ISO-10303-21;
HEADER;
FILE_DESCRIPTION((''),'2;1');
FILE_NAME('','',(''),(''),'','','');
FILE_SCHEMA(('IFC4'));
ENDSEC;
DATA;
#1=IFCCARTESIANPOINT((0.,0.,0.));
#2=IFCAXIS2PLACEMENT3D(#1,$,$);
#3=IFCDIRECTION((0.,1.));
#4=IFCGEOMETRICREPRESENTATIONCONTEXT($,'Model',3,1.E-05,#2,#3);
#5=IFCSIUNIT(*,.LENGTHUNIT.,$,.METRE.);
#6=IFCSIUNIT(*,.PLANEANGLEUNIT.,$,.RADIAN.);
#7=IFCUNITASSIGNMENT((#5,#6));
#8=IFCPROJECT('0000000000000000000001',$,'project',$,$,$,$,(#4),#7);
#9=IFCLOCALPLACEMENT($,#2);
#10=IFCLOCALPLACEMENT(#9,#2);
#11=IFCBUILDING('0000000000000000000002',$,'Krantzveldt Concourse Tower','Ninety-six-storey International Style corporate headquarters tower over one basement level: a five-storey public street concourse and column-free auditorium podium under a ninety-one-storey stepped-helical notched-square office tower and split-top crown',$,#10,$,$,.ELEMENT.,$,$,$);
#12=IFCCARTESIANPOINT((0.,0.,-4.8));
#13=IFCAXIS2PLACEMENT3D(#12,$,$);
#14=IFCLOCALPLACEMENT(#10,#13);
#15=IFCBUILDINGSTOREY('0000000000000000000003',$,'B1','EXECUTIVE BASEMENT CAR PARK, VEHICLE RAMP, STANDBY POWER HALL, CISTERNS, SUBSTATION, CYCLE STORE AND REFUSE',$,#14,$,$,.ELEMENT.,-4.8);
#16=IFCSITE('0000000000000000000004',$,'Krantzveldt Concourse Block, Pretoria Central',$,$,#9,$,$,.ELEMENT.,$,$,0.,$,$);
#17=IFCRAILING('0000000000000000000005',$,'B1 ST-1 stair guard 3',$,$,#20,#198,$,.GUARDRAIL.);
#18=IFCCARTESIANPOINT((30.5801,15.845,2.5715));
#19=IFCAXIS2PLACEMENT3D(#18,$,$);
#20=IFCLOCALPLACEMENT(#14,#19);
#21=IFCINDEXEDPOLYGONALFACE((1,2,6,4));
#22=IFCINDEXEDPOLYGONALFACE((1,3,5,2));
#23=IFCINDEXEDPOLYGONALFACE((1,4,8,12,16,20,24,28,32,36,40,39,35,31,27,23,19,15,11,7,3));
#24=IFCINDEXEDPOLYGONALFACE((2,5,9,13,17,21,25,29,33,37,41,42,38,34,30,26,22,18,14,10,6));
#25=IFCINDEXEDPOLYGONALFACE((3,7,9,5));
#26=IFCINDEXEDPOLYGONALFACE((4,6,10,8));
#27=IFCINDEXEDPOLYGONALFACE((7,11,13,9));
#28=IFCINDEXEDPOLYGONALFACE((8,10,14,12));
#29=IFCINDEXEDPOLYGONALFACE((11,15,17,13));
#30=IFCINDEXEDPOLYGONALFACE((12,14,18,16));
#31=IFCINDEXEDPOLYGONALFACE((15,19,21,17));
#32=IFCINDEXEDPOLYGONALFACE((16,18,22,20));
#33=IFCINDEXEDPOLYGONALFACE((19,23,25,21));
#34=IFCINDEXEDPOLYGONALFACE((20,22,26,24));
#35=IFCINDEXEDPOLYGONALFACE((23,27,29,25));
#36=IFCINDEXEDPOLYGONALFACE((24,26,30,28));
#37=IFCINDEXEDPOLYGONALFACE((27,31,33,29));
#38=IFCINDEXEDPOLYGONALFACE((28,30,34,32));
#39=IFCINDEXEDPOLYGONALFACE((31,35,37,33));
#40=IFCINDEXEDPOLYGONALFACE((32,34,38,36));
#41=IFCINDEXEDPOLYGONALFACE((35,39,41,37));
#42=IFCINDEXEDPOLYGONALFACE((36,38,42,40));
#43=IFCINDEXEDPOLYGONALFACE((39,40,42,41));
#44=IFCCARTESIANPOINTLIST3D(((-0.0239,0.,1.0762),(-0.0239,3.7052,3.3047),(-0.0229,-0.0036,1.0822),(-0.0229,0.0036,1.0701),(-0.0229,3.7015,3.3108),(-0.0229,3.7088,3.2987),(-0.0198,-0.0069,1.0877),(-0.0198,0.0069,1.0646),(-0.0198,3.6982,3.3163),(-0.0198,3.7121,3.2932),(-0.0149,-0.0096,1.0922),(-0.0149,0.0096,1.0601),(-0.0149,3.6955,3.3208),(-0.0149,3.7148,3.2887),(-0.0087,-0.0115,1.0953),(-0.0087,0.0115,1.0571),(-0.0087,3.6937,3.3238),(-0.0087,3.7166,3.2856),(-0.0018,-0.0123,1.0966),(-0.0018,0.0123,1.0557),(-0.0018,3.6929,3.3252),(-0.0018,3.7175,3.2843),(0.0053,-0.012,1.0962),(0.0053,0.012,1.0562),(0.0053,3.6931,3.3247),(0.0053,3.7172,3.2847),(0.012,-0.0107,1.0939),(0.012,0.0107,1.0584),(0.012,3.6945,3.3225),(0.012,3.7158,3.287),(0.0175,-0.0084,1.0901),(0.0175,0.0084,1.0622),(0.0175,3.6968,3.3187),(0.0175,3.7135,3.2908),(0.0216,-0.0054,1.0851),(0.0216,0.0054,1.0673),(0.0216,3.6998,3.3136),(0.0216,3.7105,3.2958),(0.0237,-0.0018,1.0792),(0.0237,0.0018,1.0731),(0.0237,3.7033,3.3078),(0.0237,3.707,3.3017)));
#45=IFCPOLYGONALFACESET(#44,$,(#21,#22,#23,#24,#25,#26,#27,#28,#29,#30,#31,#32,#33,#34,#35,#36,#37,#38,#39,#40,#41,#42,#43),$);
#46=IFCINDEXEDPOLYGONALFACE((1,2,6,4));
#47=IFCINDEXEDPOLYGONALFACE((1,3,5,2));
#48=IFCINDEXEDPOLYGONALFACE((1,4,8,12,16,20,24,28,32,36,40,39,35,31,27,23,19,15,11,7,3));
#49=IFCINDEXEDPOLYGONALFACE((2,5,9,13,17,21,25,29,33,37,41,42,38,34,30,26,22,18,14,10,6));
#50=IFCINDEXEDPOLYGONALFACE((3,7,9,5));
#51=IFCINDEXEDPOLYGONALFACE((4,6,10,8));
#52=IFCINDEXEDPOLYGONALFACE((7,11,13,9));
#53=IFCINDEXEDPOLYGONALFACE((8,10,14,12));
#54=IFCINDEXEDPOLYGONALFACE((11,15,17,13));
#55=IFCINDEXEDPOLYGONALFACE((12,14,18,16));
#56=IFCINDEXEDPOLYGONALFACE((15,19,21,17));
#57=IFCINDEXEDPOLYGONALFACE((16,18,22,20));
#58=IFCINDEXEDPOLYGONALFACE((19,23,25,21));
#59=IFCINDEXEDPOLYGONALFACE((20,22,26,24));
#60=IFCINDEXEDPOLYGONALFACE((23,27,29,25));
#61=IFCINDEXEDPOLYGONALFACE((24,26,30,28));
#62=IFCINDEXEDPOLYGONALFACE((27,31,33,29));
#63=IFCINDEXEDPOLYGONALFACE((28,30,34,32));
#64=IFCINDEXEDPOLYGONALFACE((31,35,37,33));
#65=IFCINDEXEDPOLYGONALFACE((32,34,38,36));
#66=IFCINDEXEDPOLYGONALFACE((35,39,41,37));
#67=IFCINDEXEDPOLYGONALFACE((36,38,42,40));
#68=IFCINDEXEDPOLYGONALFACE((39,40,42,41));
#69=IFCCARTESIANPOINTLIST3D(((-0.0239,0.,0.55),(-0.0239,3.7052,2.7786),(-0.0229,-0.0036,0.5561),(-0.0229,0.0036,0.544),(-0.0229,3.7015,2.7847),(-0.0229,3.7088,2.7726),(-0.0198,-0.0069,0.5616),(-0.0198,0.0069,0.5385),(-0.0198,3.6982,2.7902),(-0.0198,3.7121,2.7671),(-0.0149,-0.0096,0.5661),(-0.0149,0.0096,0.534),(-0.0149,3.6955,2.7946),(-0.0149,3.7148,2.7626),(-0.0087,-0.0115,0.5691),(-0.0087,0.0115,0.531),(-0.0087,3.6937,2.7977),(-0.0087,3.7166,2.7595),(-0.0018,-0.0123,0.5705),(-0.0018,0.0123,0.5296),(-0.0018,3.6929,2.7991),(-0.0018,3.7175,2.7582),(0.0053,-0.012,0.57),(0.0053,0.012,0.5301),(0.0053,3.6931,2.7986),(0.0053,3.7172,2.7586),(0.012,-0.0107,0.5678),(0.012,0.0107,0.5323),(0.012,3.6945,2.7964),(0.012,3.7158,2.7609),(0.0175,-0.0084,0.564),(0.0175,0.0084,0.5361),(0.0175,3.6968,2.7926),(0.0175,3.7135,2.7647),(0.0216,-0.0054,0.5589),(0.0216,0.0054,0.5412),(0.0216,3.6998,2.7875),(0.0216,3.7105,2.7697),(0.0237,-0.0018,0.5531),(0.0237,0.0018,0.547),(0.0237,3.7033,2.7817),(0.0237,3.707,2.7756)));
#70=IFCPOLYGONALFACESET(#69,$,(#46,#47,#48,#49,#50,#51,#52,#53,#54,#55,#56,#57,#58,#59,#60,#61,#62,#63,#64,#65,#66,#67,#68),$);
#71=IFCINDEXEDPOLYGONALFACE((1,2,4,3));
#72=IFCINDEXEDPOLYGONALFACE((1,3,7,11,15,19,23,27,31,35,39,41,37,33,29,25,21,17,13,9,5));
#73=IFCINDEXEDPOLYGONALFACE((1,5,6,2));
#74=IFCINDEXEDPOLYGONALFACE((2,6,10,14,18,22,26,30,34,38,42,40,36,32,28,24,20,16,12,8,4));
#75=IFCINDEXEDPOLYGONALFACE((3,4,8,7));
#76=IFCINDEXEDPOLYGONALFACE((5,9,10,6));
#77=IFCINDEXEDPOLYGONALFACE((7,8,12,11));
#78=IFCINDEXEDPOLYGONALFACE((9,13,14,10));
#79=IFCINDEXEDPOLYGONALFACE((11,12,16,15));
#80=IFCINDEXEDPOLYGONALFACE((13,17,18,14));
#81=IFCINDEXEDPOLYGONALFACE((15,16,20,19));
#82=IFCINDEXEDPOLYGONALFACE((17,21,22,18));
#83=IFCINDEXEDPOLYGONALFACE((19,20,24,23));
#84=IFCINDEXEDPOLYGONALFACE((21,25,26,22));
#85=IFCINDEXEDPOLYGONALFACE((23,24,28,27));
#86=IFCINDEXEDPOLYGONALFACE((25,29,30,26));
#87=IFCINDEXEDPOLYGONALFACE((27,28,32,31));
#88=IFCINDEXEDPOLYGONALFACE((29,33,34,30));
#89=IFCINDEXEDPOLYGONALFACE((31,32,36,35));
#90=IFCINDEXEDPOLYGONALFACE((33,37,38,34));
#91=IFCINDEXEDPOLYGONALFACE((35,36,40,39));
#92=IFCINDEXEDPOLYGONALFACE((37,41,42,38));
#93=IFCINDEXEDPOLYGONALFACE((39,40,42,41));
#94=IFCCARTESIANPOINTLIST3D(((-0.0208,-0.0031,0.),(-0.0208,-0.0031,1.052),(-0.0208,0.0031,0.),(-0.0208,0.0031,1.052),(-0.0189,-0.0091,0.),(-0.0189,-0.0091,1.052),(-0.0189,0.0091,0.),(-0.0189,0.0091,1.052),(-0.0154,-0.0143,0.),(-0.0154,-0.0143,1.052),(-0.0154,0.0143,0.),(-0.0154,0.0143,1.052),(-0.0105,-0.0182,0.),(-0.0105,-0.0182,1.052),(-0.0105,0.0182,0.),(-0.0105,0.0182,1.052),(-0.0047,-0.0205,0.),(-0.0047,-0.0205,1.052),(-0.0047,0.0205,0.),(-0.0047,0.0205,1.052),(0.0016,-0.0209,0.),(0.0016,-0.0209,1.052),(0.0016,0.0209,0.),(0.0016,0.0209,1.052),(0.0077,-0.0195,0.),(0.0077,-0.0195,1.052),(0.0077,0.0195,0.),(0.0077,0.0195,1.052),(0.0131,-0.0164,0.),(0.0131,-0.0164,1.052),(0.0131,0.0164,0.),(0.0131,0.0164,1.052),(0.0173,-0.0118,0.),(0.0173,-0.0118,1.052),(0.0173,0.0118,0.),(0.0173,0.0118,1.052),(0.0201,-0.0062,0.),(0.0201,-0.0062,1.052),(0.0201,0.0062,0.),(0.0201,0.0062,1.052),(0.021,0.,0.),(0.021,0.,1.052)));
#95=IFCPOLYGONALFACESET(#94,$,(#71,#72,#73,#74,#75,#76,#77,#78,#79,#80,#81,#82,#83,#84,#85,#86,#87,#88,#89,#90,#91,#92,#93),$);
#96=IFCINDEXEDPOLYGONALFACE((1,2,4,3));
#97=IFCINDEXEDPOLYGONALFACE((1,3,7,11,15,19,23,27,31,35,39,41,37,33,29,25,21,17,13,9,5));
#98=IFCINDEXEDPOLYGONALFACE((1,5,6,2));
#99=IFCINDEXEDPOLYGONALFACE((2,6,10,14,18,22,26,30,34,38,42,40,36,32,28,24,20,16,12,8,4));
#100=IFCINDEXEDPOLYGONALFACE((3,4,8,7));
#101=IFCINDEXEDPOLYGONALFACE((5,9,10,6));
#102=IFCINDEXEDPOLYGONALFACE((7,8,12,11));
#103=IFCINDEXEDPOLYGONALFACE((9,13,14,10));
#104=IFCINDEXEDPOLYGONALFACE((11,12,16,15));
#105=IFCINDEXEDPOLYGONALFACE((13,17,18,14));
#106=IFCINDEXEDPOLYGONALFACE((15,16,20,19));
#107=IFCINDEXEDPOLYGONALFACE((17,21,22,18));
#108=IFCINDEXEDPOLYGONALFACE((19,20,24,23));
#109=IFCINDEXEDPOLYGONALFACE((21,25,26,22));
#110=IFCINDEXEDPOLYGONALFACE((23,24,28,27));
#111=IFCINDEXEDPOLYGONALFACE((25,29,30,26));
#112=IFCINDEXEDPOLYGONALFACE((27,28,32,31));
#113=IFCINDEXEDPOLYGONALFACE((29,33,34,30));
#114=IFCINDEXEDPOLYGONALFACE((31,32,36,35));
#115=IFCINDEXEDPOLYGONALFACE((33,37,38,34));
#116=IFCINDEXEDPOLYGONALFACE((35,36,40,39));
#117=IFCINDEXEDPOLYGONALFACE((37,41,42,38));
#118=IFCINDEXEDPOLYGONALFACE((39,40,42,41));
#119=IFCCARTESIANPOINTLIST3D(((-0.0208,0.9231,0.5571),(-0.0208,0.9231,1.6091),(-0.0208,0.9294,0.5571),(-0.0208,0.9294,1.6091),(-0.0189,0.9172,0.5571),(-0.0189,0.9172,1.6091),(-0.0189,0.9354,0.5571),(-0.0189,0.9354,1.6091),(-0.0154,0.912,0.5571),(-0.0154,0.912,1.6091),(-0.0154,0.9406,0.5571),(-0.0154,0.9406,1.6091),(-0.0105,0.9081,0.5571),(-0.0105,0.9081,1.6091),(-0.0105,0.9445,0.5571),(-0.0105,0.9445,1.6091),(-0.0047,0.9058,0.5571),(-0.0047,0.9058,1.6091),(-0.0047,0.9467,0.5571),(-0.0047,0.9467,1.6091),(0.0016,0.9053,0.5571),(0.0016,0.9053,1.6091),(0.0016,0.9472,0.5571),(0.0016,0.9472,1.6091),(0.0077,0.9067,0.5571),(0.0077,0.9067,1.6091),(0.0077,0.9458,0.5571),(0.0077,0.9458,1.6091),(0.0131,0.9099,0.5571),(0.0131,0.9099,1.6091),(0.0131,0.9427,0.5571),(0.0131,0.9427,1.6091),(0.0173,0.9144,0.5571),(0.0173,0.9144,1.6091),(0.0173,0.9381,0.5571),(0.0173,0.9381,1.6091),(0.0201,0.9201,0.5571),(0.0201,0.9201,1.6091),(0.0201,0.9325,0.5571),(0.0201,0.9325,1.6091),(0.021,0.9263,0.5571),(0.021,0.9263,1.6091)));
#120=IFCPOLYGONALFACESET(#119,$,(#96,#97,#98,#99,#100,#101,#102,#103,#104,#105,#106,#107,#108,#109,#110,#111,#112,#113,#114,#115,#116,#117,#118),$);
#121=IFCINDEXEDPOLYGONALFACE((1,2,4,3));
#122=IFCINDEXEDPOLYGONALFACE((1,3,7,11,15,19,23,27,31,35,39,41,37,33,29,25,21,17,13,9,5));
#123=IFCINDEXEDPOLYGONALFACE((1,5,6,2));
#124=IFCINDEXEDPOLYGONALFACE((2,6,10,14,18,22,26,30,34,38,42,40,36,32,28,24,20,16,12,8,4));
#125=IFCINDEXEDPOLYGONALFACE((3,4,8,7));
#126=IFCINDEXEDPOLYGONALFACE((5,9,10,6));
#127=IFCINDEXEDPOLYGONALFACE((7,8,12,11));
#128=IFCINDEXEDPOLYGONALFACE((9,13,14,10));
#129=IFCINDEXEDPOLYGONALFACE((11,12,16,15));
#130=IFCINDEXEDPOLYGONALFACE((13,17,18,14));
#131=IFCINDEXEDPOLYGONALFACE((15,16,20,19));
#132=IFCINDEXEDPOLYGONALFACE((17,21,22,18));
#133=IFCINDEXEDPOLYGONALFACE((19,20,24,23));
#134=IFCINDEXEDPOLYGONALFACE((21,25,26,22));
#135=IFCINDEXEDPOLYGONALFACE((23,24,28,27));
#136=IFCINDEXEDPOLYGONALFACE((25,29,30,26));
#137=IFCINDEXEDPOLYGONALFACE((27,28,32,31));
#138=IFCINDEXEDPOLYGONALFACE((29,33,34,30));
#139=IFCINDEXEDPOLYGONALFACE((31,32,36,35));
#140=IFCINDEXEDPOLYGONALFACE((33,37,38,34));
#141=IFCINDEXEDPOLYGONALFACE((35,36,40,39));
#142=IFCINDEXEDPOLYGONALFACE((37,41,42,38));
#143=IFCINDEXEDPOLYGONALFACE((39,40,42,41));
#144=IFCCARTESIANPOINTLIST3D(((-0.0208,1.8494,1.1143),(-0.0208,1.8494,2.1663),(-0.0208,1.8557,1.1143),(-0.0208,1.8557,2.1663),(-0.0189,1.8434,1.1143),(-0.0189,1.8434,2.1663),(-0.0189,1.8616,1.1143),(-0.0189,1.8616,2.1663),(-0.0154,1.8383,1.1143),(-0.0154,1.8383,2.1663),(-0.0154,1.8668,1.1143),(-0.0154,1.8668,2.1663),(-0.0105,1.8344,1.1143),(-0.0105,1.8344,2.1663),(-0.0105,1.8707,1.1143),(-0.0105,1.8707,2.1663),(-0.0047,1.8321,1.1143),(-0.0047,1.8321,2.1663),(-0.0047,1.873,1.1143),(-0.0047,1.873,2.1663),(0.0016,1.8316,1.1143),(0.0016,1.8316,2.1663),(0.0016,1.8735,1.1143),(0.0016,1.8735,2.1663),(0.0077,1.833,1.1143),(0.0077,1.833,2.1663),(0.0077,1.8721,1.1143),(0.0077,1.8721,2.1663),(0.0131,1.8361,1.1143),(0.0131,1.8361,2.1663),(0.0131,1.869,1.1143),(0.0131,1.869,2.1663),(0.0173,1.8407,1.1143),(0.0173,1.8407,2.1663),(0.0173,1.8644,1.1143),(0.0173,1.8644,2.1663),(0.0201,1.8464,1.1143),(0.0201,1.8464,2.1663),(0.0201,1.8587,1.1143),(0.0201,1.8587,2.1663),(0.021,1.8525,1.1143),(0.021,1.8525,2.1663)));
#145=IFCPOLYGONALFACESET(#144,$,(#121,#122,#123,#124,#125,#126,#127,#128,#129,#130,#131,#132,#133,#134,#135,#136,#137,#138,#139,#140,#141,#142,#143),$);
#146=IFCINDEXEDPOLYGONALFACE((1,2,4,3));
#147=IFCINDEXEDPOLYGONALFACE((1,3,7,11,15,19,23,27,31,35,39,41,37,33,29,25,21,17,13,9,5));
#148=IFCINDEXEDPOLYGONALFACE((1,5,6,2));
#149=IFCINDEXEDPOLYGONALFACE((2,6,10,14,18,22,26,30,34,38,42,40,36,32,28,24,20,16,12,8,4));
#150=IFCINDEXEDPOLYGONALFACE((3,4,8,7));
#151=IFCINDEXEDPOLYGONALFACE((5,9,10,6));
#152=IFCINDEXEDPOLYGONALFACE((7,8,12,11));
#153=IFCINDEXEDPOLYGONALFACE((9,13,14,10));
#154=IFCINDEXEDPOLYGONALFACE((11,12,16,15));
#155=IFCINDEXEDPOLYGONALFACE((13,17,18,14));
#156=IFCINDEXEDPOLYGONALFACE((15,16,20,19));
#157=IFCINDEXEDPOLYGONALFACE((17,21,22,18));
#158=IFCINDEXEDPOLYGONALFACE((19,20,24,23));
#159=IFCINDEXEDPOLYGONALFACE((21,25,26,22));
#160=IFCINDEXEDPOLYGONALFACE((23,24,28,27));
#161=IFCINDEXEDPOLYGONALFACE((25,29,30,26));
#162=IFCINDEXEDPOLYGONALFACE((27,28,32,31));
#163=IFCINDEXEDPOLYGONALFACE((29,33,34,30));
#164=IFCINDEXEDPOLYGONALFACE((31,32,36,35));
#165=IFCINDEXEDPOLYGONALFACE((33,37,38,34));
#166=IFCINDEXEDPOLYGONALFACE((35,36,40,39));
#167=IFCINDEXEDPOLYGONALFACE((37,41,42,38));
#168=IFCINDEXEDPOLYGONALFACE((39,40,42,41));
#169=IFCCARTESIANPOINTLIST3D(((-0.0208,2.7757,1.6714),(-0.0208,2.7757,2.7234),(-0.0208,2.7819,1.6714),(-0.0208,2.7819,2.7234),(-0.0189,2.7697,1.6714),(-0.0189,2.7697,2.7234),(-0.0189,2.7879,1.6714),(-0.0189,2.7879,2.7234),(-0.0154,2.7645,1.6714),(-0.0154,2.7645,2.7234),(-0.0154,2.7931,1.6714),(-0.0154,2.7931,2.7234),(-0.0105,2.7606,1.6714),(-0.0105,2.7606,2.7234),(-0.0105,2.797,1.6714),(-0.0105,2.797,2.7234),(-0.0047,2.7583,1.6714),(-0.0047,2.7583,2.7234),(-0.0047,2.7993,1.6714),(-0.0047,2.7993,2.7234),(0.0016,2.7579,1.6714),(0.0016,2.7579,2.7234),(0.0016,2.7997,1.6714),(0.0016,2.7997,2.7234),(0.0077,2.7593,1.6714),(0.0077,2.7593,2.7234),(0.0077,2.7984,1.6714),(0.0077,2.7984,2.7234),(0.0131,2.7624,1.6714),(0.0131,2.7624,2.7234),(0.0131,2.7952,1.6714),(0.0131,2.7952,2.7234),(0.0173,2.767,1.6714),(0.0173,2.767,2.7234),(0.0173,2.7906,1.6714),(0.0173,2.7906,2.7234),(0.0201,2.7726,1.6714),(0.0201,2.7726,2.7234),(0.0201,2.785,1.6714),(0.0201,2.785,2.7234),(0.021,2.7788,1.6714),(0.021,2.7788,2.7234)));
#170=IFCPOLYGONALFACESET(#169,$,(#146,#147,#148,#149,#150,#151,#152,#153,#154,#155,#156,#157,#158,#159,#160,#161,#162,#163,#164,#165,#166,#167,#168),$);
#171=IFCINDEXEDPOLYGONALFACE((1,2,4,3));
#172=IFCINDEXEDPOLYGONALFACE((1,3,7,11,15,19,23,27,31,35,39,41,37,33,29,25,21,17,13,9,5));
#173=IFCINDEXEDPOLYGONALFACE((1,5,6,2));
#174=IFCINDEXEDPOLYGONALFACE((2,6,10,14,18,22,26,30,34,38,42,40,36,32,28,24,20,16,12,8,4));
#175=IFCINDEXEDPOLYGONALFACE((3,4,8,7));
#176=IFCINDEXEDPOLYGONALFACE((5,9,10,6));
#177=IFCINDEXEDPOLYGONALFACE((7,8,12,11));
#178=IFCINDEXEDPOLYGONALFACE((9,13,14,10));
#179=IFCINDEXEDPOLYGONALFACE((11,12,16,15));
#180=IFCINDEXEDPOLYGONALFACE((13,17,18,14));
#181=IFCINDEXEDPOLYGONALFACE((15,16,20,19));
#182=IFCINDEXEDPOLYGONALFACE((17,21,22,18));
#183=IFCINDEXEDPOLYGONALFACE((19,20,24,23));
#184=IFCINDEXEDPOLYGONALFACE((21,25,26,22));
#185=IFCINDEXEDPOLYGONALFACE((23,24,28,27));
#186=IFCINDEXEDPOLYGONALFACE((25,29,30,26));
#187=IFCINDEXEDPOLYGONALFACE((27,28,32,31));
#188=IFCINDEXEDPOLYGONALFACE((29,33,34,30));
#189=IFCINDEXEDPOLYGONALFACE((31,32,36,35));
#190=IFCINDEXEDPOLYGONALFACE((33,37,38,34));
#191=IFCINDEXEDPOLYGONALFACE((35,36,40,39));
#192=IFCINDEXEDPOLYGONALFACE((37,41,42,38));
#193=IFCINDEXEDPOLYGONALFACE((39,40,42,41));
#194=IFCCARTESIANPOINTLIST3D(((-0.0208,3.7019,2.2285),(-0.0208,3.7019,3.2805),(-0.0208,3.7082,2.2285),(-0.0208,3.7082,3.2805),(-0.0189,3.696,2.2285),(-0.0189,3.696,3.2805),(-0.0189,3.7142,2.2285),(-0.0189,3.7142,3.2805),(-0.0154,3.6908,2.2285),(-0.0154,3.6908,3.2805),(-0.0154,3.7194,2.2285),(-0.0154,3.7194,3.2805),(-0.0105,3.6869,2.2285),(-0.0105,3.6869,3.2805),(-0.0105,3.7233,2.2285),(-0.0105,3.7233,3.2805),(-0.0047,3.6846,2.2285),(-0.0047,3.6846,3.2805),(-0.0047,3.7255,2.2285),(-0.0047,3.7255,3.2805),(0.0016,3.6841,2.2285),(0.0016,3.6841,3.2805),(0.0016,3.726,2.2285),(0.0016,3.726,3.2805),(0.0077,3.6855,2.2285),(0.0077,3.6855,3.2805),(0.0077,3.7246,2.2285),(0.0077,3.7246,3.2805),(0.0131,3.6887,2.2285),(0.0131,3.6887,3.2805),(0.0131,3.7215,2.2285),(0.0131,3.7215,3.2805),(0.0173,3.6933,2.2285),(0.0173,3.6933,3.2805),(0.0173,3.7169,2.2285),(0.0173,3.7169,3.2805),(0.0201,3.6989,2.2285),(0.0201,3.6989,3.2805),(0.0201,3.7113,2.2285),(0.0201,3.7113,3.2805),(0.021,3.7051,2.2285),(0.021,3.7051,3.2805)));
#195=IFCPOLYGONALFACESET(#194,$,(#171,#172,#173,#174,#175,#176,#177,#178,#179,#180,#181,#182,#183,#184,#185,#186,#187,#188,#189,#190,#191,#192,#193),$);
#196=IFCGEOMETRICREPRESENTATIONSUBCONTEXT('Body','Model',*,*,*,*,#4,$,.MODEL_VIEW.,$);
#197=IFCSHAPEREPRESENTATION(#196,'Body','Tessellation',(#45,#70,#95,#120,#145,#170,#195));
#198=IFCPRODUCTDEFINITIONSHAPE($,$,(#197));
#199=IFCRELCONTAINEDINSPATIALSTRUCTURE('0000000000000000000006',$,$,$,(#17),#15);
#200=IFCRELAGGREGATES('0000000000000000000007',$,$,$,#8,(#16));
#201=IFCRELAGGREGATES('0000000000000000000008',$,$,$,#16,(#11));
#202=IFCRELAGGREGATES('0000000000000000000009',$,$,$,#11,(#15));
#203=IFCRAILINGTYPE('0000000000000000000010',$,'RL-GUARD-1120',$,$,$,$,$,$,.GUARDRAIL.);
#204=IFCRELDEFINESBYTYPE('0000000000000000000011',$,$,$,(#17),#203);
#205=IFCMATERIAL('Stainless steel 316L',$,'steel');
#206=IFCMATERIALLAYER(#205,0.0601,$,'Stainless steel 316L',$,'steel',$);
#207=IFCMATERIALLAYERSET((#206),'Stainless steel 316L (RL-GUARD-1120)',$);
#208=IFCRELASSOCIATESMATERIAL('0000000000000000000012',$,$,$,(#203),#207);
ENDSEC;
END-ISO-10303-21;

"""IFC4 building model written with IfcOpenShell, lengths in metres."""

from ifc_helpers import new_model, si_unit, direction, frame, origin, origin_2d, place, context, subcontext, project, spatial, circle, extrude, material, layer, layer_set, type_object, element, save


model = new_model("IFC4")

# Units and contexts
model_context = context("Model", 3, precision=1e-05, world=origin(), true_north=direction((0.0, 1.0)))
body_context = subcontext(model_context, "Body", "Model", "MODEL_VIEW")
ifc_project = project(units=[si_unit("LENGTHUNIT", "METRE"), si_unit("PLANEANGLEUNIT", "RADIAN")], contexts=[model_context])

# Site, building, storey
site_placement = place(None, origin())
site = spatial("IfcSite", under=ifc_project, at=site_placement, Name="Krantzveldt Concourse Block, Pretoria Central", CompositionType="ELEMENT", RefElevation=0.0)
building_placement = place(site_placement, origin())
building = spatial("IfcBuilding", under=site, at=building_placement, Name="Krantzveldt Concourse Tower", Description="Ninety-six-storey International Style corporate headquarters tower over one basement level: a five-storey public street concourse and column-free auditorium podium under a ninety-one-storey stepped-helical notched-square office tower and split-top crown", CompositionType="ELEMENT")
storey_placement = place(building_placement, frame((0.0, 0.0, -4.8)))
storey = spatial("IfcBuildingStorey", under=building, at=storey_placement, Name="B1", Description="EXECUTIVE BASEMENT CAR PARK, VEHICLE RAMP, STANDBY POWER HALL, CISTERNS, SUBSTATION, CYCLE STORE AND REFUSE", CompositionType="ELEMENT", Elevation=-4.8)

# Shared definitions
ifc_material_1 = material(Name="Stainless steel 316L", Category="steel")

# Railing
ifc_layer_1 = layer(ifc_material_1, 0.0601, Name="Stainless steel 316L", Category="steel")
ifc_layer_set_1 = layer_set([ifc_layer_1], Name="Stainless steel 316L (RL-GUARD-1120)")
railing_type = type_object("IfcRailingType", Name="RL-GUARD-1120", PredefinedType="GUARDRAIL", material=ifc_layer_set_1)
railing_1_placement = place(storey_placement, frame((30.5801, 15.845, 2.5715)))
element("IfcRailing", 1, at=railing_1_placement, inside=storey, type_object=railing_type, Name="B1 ST-1 stair guard 3", PredefinedType="GUARDRAIL", context=body_context, shape_type="SweptSolid", body=[
    extrude(circle(Radius=0.0239, at=origin_2d()), frame((0.0, 0.0, 1.0762), z_axis=(0.0, 0.856934, 0.515425), x_axis=(-1.0, 0.0, 0.0)), (0.0, 0.0, 1.0), 4.3237),
    extrude(circle(Radius=0.0239, at=origin_2d()), frame((0.0, 0.0, 0.55), z_axis=(0.0, 0.856934, 0.515425), x_axis=(-1.0, 0.0, 0.0)), (0.0, 0.0, 1.0), 4.3237),
    extrude(circle(Radius=0.021, at=origin_2d()), origin(), (0.0, 0.0, 1.0), 1.052),
    extrude(circle(Radius=0.021, at=origin_2d()), frame((0.0, 0.9263, 0.5571)), (0.0, 0.0, 1.0), 1.052),
    extrude(circle(Radius=0.021, at=origin_2d()), frame((0.0, 1.8525, 1.1143)), (0.0, 0.0, 1.0), 1.052),
    extrude(circle(Radius=0.021, at=origin_2d()), frame((0.0, 2.7788, 1.6714)), (0.0, 0.0, 1.0), 1.052),
    extrude(circle(Radius=0.021, at=origin_2d()), frame((0.0, 3.7051, 2.2285)), (0.0, 0.0, 1.0), 1.052),
])

save(model, "model.ifc")
